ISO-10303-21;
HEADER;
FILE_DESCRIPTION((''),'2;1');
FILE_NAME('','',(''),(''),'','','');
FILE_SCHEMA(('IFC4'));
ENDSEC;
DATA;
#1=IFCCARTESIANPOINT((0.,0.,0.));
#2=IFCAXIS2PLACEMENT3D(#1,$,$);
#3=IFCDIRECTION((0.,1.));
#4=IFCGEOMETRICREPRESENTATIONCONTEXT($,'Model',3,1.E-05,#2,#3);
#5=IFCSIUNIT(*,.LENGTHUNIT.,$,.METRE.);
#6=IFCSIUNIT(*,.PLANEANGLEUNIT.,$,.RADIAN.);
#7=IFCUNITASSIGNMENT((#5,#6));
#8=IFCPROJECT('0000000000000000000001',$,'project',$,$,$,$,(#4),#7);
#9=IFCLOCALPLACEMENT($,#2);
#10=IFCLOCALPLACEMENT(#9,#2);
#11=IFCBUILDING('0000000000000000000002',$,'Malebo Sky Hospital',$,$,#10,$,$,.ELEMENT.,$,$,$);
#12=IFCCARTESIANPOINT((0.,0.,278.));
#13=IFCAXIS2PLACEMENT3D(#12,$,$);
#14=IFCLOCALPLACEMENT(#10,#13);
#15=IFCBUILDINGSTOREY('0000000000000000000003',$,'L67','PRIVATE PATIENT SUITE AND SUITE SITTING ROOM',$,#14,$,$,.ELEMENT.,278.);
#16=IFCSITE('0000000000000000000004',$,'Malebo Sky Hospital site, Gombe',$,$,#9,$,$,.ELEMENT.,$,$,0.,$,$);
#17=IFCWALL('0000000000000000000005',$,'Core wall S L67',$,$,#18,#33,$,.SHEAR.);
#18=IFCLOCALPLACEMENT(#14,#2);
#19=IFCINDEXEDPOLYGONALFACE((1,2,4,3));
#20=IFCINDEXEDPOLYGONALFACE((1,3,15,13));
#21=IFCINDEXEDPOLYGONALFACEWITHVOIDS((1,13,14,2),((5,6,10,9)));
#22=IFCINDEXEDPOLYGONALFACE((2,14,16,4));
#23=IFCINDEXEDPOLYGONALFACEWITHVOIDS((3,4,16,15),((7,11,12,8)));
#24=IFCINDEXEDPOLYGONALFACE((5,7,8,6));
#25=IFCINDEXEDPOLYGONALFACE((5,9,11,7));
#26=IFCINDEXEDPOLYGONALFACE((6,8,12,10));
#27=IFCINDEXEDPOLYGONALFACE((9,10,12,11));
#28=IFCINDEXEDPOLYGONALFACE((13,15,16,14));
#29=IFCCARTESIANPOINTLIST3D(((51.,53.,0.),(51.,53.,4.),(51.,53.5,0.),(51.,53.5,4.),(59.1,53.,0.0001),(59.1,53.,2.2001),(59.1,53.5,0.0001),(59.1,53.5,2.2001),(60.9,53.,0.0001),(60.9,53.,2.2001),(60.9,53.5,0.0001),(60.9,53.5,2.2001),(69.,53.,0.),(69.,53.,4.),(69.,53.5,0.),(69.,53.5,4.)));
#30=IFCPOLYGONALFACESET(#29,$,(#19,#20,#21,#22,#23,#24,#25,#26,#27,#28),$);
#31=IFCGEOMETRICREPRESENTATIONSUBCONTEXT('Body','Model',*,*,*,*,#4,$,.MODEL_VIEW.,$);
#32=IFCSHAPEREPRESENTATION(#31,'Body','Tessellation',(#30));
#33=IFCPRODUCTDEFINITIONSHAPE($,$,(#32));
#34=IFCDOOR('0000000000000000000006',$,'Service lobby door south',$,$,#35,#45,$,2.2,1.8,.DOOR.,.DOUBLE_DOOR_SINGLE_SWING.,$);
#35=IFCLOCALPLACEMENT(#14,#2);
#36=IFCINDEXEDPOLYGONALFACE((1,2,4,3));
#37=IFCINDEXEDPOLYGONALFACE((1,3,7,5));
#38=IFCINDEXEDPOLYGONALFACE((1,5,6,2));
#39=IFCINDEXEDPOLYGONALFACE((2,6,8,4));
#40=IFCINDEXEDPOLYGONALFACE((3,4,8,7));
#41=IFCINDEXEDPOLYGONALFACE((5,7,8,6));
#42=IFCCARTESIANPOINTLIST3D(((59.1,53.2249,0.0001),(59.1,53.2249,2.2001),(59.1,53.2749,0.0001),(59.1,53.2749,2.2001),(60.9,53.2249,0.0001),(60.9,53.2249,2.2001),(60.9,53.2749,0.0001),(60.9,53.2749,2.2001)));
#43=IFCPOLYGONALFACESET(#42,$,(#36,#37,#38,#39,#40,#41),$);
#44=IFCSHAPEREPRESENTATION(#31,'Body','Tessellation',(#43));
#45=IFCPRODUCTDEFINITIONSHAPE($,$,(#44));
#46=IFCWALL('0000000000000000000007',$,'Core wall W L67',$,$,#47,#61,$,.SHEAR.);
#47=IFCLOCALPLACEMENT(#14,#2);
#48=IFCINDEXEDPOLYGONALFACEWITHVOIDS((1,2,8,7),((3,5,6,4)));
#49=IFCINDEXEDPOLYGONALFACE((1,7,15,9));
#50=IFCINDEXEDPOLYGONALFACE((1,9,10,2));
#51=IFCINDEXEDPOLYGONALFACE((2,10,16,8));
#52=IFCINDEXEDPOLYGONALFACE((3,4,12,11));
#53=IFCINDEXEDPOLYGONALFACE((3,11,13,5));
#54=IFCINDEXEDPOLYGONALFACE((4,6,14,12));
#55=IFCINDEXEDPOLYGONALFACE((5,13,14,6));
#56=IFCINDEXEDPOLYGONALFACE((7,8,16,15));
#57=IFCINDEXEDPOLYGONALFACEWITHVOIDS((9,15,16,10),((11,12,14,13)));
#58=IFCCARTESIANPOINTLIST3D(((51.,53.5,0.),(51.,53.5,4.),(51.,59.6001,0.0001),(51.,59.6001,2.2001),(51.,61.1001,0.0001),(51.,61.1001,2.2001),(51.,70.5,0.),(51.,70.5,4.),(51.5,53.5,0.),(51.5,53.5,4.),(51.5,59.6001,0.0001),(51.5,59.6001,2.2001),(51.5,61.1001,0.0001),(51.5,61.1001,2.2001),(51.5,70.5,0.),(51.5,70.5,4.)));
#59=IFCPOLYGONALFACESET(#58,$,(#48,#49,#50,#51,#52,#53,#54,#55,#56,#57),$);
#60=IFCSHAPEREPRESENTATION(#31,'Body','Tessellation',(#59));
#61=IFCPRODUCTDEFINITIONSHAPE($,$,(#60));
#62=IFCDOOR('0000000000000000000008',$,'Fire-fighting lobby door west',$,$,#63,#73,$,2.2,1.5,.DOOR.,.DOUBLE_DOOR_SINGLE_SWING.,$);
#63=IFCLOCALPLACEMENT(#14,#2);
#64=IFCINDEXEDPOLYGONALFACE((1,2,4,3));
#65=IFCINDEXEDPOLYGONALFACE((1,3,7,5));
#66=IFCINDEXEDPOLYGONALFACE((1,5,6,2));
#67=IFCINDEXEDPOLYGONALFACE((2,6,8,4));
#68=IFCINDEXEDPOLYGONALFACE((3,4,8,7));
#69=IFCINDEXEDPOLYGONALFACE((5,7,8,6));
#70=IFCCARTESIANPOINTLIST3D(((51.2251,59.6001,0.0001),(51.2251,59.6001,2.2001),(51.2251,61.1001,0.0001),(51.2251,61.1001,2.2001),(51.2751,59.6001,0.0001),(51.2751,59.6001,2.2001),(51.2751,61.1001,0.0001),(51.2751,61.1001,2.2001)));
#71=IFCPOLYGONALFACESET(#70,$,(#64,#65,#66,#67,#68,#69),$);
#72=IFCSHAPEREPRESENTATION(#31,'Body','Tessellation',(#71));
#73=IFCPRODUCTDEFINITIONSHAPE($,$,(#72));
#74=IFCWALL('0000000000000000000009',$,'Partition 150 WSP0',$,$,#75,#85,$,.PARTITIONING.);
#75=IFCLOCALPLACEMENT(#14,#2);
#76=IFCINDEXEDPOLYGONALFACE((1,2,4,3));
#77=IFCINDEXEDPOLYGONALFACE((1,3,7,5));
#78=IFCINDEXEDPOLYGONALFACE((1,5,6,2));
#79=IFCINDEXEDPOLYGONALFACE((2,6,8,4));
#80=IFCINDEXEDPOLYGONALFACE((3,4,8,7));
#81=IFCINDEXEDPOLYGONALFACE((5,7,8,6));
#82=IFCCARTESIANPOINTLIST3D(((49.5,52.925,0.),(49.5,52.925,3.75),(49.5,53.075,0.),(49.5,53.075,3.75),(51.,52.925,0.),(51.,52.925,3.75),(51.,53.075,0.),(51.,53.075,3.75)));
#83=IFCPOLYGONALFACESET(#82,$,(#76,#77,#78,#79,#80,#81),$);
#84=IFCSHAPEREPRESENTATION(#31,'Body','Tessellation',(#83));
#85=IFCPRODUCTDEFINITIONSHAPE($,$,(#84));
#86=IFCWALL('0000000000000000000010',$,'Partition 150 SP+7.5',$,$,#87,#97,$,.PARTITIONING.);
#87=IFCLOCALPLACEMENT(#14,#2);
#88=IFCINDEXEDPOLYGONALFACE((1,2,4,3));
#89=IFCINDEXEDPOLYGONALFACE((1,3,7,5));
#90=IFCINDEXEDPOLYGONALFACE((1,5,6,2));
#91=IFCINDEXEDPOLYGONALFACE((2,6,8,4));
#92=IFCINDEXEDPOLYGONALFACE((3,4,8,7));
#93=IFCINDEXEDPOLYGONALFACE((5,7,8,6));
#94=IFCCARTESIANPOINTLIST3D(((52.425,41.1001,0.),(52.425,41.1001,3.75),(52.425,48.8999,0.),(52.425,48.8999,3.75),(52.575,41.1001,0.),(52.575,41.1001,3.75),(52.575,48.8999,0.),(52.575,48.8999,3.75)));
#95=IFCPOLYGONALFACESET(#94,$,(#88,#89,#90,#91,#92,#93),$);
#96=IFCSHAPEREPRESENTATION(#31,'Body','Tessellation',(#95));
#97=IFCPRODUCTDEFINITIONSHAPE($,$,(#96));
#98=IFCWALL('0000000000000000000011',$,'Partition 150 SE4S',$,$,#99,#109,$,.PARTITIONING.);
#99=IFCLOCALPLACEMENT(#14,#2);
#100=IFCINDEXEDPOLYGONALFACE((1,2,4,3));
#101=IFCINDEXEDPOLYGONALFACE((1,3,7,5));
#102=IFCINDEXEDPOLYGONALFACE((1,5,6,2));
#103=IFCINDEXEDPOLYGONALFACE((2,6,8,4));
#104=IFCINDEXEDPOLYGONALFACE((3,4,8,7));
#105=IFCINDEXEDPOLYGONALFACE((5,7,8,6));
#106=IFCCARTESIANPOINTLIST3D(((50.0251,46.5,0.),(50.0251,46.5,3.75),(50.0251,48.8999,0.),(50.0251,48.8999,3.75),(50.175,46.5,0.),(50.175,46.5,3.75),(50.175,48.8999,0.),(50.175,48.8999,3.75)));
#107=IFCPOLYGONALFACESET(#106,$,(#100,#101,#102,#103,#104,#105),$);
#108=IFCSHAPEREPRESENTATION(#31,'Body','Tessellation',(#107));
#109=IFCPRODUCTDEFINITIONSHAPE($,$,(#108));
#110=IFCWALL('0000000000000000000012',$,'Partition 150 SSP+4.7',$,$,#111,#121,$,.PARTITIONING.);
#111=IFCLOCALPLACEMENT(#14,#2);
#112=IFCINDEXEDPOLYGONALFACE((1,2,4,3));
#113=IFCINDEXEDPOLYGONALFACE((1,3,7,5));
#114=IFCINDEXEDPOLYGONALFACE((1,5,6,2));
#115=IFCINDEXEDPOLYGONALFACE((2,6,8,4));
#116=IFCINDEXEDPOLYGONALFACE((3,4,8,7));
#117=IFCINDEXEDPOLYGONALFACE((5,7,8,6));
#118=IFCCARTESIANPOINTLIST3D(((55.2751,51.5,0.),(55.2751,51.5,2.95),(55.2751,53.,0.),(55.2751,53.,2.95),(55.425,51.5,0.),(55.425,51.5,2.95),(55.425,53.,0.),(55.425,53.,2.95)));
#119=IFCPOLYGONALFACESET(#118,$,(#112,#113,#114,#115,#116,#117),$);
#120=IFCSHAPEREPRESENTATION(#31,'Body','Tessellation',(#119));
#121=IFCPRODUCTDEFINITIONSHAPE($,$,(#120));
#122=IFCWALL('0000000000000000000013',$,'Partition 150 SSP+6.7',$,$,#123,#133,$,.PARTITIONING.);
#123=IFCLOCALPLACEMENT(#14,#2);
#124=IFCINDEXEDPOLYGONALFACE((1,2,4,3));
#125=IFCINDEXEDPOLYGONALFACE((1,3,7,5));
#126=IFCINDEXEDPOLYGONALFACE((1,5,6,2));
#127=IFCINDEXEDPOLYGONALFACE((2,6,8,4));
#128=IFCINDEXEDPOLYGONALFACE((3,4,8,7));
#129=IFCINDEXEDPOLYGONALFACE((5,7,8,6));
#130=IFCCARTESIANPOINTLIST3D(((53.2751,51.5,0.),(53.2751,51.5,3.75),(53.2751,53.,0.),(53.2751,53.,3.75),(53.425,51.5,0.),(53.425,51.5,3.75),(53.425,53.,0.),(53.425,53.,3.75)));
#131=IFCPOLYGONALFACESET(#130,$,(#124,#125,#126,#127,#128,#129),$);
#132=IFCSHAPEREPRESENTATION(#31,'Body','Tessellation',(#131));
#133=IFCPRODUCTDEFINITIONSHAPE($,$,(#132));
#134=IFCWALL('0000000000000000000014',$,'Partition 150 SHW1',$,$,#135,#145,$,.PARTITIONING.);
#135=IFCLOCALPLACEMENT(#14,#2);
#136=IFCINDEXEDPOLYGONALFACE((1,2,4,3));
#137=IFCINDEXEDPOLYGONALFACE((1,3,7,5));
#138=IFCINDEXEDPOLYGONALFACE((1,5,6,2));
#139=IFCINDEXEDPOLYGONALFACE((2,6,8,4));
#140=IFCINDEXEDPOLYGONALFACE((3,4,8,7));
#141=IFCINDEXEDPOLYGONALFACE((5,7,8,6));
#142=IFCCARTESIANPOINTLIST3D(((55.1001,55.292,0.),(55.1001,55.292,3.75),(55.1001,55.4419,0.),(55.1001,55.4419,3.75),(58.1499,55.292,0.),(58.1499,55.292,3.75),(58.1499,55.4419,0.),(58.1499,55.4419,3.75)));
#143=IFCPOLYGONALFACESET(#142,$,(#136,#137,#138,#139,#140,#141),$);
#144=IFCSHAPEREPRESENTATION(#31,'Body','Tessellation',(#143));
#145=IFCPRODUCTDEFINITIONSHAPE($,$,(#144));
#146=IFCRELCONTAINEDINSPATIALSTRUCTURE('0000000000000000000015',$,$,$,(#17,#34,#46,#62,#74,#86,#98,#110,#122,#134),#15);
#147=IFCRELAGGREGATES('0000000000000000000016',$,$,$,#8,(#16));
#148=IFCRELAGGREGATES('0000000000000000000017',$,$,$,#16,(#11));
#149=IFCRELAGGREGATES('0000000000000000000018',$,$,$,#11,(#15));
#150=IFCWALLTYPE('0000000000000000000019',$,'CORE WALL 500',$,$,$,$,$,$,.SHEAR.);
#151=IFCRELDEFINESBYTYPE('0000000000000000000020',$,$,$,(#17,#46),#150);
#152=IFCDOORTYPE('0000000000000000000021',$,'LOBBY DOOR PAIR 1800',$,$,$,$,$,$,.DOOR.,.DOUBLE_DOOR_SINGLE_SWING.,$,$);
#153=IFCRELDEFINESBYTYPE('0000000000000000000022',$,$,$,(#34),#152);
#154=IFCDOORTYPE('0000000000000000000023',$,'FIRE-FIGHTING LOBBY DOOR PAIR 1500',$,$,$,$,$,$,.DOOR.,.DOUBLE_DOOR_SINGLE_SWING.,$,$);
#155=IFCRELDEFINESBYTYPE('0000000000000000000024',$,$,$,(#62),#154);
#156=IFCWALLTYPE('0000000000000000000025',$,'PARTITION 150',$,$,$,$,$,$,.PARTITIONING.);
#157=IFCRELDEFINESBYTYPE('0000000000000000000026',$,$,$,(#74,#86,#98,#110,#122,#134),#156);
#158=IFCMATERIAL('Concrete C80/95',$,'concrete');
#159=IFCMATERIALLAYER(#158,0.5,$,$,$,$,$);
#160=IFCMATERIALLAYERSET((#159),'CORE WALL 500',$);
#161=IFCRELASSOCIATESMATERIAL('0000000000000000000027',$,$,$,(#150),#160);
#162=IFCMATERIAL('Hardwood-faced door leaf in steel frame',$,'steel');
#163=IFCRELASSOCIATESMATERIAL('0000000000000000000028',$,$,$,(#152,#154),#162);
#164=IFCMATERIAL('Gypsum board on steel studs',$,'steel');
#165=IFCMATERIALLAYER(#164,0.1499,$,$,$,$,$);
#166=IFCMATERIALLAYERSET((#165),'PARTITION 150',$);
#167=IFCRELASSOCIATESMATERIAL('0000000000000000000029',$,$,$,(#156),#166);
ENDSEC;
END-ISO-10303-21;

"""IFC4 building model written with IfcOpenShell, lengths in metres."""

from ifc_helpers import new_model, si_unit, direction, frame, frame_2d, origin, place, context, subcontext, project, spatial, rectangle, extrude, material, layer, layer_set, type_object, element, fill, save


model = new_model("IFC4")

# Units and contexts
model_context = context("Model", 3, precision=1e-05, world=origin(), true_north=direction((0.0, 1.0)))
body_context = subcontext(model_context, "Body", "Model", "MODEL_VIEW")
ifc_project = project(units=[si_unit("LENGTHUNIT", "METRE"), si_unit("PLANEANGLEUNIT", "RADIAN")], contexts=[model_context])

# Site, building, storey
site_placement = place(None, origin())
site = spatial("IfcSite", under=ifc_project, at=site_placement, Name="Malebo Sky Hospital site, Gombe", CompositionType="ELEMENT", RefElevation=0.0)
building_placement = place(site_placement, origin())
building = spatial("IfcBuilding", under=site, at=building_placement, Name="Malebo Sky Hospital", CompositionType="ELEMENT")
storey_placement = place(building_placement, frame((0.0, 0.0, 278.0)))
storey = spatial("IfcBuildingStorey", under=building, at=storey_placement, Name="L67", Description="PRIVATE PATIENT SUITE AND SUITE SITTING ROOM", CompositionType="ELEMENT", Elevation=278.0)

# Shared definitions
ifc_material_1 = material(Name="Concrete C80/95", Category="concrete")

# Walls, openings, doors
ifc_layer_1 = layer(ifc_material_1, 0.5)
ifc_layer_set_1 = layer_set([ifc_layer_1], Name="CORE WALL 500")
wall_type_1 = type_object("IfcWallType", Name="CORE WALL 500", PredefinedType="SHEAR", material=ifc_layer_set_1)
wall_1_placement = place(storey_placement, frame((51.0, 53.25, 0.0), z_axis=(0.0, 0.0, 1.0), x_axis=(1.0, 0.0, 0.0)))
wall_1 = element("IfcWall", 1, at=wall_1_placement, inside=storey, type_object=wall_type_1, Name="Core wall S L67", PredefinedType="SHEAR", context=body_context, shape_type="SweptSolid", body=[
    extrude(rectangle(XDim=18.0, YDim=0.5, at=frame_2d((9.0, 0.0))), origin(), (0.0, 0.0, 1.0), 4.0),
])
opening_1_placement = place(wall_1_placement, frame((8.1001, 0.0, 0.0)))
opening_1 = element("IfcOpeningElement", 2, at=opening_1_placement, cuts=wall_1, PredefinedType="OPENING", context=body_context, shape_type="SweptSolid", body=[
    extrude(rectangle(XDim=1.8, YDim=2.2, at=frame_2d((0.8999, 1.1001))), frame((0.0, 0.26, 0.0), z_axis=(0.0, -1.0, 0.0), x_axis=(1.0, 0.0, 0.0)), (0.0, 0.0, 1.0), 0.52),
])
ifc_material_2 = material(Name="Hardwood-faced door leaf in steel frame", Category="steel")
door_type_1 = type_object("IfcDoorType", Name="LOBBY DOOR PAIR 1800", OperationType="DOUBLE_DOOR_SINGLE_SWING", PredefinedType="DOOR", material=ifc_material_2)
door_1_placement = place(opening_1_placement, origin())
door_1 = element("IfcDoor", 3, at=door_1_placement, inside=storey, type_object=door_type_1, Name="Service lobby door south", OperationType="DOUBLE_DOOR_SINGLE_SWING", OverallHeight=2.2, OverallWidth=1.8, PredefinedType="DOOR", context=body_context, shape_type="SweptSolid", body=[
    extrude(rectangle(XDim=1.8, YDim=2.2, at=frame_2d((0.8999, 1.1001))), frame((0.0, 0.0249, 0.0), z_axis=(0.0, -1.0, 0.0), x_axis=(1.0, 0.0, 0.0)), (0.0, 0.0, 1.0), 0.05),
])
fill(opening_1, door_1)
wall_2_placement = place(storey_placement, frame((51.25, 53.5, 0.0), z_axis=(0.0, 0.0, 1.0), x_axis=(0.0, 1.0, 0.0)))
wall_2 = element("IfcWall", 4, at=wall_2_placement, inside=storey, type_object=wall_type_1, Name="Core wall W L67", PredefinedType="SHEAR", context=body_context, shape_type="SweptSolid", body=[
    extrude(rectangle(XDim=17.0, YDim=0.5, at=frame_2d((8.5, 0.0))), origin(), (0.0, 0.0, 1.0), 4.0),
])
opening_2_placement = place(wall_2_placement, frame((6.1001, 0.0, 0.0)))
opening_2 = element("IfcOpeningElement", 5, at=opening_2_placement, cuts=wall_2, PredefinedType="OPENING", context=body_context, shape_type="SweptSolid", body=[
    extrude(rectangle(XDim=1.5, YDim=2.2, at=frame_2d((0.75, 1.1001))), frame((0.0, 0.26, 0.0), z_axis=(0.0, -1.0, 0.0), x_axis=(1.0, 0.0, 0.0)), (0.0, 0.0, 1.0), 0.52),
])
door_type_2 = type_object("IfcDoorType", Name="FIRE-FIGHTING LOBBY DOOR PAIR 1500", OperationType="DOUBLE_DOOR_SINGLE_SWING", PredefinedType="DOOR", material=ifc_material_2)
door_2_placement = place(opening_2_placement, origin())
door_2 = element("IfcDoor", 6, at=door_2_placement, inside=storey, type_object=door_type_2, Name="Fire-fighting lobby door west", OperationType="DOUBLE_DOOR_SINGLE_SWING", OverallHeight=2.2, OverallWidth=1.5, PredefinedType="DOOR", context=body_context, shape_type="SweptSolid", body=[
    extrude(rectangle(XDim=1.5, YDim=2.2, at=frame_2d((0.75, 1.1001))), frame((0.0, 0.0249, 0.0), z_axis=(0.0, -1.0, 0.0), x_axis=(1.0, 0.0, 0.0)), (0.0, 0.0, 1.0), 0.05),
])
fill(opening_2, door_2)

# Walls
ifc_material_3 = material(Name="Gypsum board on steel studs", Category="steel")
ifc_layer_2 = layer(ifc_material_3, 0.1499)
ifc_layer_set_2 = layer_set([ifc_layer_2], Name="PARTITION 150")
wall_type_2 = type_object("IfcWallType", Name="PARTITION 150", PredefinedType="PARTITIONING", material=ifc_layer_set_2)
wall_3_placement = place(storey_placement, frame((51.0, 53.0, 0.0), z_axis=(0.0, 0.0, 1.0), x_axis=(-1.0, 0.0, 0.0)))
element("IfcWall", 7, at=wall_3_placement, inside=storey, type_object=wall_type_2, Name="Partition 150 WSP0", PredefinedType="PARTITIONING", context=body_context, shape_type="SweptSolid", body=[
    extrude(rectangle(XDim=1.5, YDim=0.1499, at=frame_2d((0.75, 0.0))), origin(), (0.0, 0.0, 1.0), 3.75),
])
wall_4_placement = place(storey_placement, frame((52.5, 48.8999, 0.0), z_axis=(0.0, 0.0, 1.0), x_axis=(0.0, -1.0, 0.0)))
element("IfcWall", 8, at=wall_4_placement, inside=storey, type_object=wall_type_2, Name="Partition 150 SP+7.5", PredefinedType="PARTITIONING", context=body_context, shape_type="SweptSolid", body=[
    extrude(rectangle(XDim=7.7998, YDim=0.1499, at=frame_2d((3.8999, 0.0))), origin(), (0.0, 0.0, 1.0), 3.75),
])
wall_5_placement = place(storey_placement, frame((50.1001, 48.8999, 0.0), z_axis=(0.0, 0.0, 1.0), x_axis=(0.0, -1.0, 0.0)))
element("IfcWall", 9, at=wall_5_placement, inside=storey, type_object=wall_type_2, Name="Partition 150 SE4S", PredefinedType="PARTITIONING", context=body_context, shape_type="SweptSolid", body=[
    extrude(rectangle(XDim=2.3999, YDim=0.1499, at=frame_2d((1.2, 0.0))), origin(), (0.0, 0.0, 1.0), 3.75),
])
wall_6_placement = place(storey_placement, frame((55.3501, 53.0, 0.0), z_axis=(0.0, 0.0, 1.0), x_axis=(0.0, -1.0, 0.0)))
element("IfcWall", 10, at=wall_6_placement, inside=storey, type_object=wall_type_2, Name="Partition 150 SSP+4.7", PredefinedType="PARTITIONING", context=body_context, shape_type="SweptSolid", body=[
    extrude(rectangle(XDim=1.5, YDim=0.1499, at=frame_2d((0.75, 0.0))), origin(), (0.0, 0.0, 1.0), 2.95),
])
wall_7_placement = place(storey_placement, frame((53.3501, 53.0, 0.0), z_axis=(0.0, 0.0, 1.0), x_axis=(0.0, -1.0, 0.0)))
element("IfcWall", 11, at=wall_7_placement, inside=storey, type_object=wall_type_2, Name="Partition 150 SSP+6.7", PredefinedType="PARTITIONING", context=body_context, shape_type="SweptSolid", body=[
    extrude(rectangle(XDim=1.5, YDim=0.1499, at=frame_2d((0.75, 0.0))), origin(), (0.0, 0.0, 1.0), 3.75),
])
wall_8_placement = place(storey_placement, frame((55.1001, 55.3669, 0.0), z_axis=(0.0, 0.0, 1.0), x_axis=(1.0, 0.0, 0.0)))
element("IfcWall", 12, at=wall_8_placement, inside=storey, type_object=wall_type_2, Name="Partition 150 SHW1", PredefinedType="PARTITIONING", context=body_context, shape_type="SweptSolid", body=[
    extrude(rectangle(XDim=3.0498, YDim=0.1499, at=frame_2d((1.5249, 0.0))), origin(), (0.0, 0.0, 1.0), 3.75),
])

save(model, "model.ifc")
